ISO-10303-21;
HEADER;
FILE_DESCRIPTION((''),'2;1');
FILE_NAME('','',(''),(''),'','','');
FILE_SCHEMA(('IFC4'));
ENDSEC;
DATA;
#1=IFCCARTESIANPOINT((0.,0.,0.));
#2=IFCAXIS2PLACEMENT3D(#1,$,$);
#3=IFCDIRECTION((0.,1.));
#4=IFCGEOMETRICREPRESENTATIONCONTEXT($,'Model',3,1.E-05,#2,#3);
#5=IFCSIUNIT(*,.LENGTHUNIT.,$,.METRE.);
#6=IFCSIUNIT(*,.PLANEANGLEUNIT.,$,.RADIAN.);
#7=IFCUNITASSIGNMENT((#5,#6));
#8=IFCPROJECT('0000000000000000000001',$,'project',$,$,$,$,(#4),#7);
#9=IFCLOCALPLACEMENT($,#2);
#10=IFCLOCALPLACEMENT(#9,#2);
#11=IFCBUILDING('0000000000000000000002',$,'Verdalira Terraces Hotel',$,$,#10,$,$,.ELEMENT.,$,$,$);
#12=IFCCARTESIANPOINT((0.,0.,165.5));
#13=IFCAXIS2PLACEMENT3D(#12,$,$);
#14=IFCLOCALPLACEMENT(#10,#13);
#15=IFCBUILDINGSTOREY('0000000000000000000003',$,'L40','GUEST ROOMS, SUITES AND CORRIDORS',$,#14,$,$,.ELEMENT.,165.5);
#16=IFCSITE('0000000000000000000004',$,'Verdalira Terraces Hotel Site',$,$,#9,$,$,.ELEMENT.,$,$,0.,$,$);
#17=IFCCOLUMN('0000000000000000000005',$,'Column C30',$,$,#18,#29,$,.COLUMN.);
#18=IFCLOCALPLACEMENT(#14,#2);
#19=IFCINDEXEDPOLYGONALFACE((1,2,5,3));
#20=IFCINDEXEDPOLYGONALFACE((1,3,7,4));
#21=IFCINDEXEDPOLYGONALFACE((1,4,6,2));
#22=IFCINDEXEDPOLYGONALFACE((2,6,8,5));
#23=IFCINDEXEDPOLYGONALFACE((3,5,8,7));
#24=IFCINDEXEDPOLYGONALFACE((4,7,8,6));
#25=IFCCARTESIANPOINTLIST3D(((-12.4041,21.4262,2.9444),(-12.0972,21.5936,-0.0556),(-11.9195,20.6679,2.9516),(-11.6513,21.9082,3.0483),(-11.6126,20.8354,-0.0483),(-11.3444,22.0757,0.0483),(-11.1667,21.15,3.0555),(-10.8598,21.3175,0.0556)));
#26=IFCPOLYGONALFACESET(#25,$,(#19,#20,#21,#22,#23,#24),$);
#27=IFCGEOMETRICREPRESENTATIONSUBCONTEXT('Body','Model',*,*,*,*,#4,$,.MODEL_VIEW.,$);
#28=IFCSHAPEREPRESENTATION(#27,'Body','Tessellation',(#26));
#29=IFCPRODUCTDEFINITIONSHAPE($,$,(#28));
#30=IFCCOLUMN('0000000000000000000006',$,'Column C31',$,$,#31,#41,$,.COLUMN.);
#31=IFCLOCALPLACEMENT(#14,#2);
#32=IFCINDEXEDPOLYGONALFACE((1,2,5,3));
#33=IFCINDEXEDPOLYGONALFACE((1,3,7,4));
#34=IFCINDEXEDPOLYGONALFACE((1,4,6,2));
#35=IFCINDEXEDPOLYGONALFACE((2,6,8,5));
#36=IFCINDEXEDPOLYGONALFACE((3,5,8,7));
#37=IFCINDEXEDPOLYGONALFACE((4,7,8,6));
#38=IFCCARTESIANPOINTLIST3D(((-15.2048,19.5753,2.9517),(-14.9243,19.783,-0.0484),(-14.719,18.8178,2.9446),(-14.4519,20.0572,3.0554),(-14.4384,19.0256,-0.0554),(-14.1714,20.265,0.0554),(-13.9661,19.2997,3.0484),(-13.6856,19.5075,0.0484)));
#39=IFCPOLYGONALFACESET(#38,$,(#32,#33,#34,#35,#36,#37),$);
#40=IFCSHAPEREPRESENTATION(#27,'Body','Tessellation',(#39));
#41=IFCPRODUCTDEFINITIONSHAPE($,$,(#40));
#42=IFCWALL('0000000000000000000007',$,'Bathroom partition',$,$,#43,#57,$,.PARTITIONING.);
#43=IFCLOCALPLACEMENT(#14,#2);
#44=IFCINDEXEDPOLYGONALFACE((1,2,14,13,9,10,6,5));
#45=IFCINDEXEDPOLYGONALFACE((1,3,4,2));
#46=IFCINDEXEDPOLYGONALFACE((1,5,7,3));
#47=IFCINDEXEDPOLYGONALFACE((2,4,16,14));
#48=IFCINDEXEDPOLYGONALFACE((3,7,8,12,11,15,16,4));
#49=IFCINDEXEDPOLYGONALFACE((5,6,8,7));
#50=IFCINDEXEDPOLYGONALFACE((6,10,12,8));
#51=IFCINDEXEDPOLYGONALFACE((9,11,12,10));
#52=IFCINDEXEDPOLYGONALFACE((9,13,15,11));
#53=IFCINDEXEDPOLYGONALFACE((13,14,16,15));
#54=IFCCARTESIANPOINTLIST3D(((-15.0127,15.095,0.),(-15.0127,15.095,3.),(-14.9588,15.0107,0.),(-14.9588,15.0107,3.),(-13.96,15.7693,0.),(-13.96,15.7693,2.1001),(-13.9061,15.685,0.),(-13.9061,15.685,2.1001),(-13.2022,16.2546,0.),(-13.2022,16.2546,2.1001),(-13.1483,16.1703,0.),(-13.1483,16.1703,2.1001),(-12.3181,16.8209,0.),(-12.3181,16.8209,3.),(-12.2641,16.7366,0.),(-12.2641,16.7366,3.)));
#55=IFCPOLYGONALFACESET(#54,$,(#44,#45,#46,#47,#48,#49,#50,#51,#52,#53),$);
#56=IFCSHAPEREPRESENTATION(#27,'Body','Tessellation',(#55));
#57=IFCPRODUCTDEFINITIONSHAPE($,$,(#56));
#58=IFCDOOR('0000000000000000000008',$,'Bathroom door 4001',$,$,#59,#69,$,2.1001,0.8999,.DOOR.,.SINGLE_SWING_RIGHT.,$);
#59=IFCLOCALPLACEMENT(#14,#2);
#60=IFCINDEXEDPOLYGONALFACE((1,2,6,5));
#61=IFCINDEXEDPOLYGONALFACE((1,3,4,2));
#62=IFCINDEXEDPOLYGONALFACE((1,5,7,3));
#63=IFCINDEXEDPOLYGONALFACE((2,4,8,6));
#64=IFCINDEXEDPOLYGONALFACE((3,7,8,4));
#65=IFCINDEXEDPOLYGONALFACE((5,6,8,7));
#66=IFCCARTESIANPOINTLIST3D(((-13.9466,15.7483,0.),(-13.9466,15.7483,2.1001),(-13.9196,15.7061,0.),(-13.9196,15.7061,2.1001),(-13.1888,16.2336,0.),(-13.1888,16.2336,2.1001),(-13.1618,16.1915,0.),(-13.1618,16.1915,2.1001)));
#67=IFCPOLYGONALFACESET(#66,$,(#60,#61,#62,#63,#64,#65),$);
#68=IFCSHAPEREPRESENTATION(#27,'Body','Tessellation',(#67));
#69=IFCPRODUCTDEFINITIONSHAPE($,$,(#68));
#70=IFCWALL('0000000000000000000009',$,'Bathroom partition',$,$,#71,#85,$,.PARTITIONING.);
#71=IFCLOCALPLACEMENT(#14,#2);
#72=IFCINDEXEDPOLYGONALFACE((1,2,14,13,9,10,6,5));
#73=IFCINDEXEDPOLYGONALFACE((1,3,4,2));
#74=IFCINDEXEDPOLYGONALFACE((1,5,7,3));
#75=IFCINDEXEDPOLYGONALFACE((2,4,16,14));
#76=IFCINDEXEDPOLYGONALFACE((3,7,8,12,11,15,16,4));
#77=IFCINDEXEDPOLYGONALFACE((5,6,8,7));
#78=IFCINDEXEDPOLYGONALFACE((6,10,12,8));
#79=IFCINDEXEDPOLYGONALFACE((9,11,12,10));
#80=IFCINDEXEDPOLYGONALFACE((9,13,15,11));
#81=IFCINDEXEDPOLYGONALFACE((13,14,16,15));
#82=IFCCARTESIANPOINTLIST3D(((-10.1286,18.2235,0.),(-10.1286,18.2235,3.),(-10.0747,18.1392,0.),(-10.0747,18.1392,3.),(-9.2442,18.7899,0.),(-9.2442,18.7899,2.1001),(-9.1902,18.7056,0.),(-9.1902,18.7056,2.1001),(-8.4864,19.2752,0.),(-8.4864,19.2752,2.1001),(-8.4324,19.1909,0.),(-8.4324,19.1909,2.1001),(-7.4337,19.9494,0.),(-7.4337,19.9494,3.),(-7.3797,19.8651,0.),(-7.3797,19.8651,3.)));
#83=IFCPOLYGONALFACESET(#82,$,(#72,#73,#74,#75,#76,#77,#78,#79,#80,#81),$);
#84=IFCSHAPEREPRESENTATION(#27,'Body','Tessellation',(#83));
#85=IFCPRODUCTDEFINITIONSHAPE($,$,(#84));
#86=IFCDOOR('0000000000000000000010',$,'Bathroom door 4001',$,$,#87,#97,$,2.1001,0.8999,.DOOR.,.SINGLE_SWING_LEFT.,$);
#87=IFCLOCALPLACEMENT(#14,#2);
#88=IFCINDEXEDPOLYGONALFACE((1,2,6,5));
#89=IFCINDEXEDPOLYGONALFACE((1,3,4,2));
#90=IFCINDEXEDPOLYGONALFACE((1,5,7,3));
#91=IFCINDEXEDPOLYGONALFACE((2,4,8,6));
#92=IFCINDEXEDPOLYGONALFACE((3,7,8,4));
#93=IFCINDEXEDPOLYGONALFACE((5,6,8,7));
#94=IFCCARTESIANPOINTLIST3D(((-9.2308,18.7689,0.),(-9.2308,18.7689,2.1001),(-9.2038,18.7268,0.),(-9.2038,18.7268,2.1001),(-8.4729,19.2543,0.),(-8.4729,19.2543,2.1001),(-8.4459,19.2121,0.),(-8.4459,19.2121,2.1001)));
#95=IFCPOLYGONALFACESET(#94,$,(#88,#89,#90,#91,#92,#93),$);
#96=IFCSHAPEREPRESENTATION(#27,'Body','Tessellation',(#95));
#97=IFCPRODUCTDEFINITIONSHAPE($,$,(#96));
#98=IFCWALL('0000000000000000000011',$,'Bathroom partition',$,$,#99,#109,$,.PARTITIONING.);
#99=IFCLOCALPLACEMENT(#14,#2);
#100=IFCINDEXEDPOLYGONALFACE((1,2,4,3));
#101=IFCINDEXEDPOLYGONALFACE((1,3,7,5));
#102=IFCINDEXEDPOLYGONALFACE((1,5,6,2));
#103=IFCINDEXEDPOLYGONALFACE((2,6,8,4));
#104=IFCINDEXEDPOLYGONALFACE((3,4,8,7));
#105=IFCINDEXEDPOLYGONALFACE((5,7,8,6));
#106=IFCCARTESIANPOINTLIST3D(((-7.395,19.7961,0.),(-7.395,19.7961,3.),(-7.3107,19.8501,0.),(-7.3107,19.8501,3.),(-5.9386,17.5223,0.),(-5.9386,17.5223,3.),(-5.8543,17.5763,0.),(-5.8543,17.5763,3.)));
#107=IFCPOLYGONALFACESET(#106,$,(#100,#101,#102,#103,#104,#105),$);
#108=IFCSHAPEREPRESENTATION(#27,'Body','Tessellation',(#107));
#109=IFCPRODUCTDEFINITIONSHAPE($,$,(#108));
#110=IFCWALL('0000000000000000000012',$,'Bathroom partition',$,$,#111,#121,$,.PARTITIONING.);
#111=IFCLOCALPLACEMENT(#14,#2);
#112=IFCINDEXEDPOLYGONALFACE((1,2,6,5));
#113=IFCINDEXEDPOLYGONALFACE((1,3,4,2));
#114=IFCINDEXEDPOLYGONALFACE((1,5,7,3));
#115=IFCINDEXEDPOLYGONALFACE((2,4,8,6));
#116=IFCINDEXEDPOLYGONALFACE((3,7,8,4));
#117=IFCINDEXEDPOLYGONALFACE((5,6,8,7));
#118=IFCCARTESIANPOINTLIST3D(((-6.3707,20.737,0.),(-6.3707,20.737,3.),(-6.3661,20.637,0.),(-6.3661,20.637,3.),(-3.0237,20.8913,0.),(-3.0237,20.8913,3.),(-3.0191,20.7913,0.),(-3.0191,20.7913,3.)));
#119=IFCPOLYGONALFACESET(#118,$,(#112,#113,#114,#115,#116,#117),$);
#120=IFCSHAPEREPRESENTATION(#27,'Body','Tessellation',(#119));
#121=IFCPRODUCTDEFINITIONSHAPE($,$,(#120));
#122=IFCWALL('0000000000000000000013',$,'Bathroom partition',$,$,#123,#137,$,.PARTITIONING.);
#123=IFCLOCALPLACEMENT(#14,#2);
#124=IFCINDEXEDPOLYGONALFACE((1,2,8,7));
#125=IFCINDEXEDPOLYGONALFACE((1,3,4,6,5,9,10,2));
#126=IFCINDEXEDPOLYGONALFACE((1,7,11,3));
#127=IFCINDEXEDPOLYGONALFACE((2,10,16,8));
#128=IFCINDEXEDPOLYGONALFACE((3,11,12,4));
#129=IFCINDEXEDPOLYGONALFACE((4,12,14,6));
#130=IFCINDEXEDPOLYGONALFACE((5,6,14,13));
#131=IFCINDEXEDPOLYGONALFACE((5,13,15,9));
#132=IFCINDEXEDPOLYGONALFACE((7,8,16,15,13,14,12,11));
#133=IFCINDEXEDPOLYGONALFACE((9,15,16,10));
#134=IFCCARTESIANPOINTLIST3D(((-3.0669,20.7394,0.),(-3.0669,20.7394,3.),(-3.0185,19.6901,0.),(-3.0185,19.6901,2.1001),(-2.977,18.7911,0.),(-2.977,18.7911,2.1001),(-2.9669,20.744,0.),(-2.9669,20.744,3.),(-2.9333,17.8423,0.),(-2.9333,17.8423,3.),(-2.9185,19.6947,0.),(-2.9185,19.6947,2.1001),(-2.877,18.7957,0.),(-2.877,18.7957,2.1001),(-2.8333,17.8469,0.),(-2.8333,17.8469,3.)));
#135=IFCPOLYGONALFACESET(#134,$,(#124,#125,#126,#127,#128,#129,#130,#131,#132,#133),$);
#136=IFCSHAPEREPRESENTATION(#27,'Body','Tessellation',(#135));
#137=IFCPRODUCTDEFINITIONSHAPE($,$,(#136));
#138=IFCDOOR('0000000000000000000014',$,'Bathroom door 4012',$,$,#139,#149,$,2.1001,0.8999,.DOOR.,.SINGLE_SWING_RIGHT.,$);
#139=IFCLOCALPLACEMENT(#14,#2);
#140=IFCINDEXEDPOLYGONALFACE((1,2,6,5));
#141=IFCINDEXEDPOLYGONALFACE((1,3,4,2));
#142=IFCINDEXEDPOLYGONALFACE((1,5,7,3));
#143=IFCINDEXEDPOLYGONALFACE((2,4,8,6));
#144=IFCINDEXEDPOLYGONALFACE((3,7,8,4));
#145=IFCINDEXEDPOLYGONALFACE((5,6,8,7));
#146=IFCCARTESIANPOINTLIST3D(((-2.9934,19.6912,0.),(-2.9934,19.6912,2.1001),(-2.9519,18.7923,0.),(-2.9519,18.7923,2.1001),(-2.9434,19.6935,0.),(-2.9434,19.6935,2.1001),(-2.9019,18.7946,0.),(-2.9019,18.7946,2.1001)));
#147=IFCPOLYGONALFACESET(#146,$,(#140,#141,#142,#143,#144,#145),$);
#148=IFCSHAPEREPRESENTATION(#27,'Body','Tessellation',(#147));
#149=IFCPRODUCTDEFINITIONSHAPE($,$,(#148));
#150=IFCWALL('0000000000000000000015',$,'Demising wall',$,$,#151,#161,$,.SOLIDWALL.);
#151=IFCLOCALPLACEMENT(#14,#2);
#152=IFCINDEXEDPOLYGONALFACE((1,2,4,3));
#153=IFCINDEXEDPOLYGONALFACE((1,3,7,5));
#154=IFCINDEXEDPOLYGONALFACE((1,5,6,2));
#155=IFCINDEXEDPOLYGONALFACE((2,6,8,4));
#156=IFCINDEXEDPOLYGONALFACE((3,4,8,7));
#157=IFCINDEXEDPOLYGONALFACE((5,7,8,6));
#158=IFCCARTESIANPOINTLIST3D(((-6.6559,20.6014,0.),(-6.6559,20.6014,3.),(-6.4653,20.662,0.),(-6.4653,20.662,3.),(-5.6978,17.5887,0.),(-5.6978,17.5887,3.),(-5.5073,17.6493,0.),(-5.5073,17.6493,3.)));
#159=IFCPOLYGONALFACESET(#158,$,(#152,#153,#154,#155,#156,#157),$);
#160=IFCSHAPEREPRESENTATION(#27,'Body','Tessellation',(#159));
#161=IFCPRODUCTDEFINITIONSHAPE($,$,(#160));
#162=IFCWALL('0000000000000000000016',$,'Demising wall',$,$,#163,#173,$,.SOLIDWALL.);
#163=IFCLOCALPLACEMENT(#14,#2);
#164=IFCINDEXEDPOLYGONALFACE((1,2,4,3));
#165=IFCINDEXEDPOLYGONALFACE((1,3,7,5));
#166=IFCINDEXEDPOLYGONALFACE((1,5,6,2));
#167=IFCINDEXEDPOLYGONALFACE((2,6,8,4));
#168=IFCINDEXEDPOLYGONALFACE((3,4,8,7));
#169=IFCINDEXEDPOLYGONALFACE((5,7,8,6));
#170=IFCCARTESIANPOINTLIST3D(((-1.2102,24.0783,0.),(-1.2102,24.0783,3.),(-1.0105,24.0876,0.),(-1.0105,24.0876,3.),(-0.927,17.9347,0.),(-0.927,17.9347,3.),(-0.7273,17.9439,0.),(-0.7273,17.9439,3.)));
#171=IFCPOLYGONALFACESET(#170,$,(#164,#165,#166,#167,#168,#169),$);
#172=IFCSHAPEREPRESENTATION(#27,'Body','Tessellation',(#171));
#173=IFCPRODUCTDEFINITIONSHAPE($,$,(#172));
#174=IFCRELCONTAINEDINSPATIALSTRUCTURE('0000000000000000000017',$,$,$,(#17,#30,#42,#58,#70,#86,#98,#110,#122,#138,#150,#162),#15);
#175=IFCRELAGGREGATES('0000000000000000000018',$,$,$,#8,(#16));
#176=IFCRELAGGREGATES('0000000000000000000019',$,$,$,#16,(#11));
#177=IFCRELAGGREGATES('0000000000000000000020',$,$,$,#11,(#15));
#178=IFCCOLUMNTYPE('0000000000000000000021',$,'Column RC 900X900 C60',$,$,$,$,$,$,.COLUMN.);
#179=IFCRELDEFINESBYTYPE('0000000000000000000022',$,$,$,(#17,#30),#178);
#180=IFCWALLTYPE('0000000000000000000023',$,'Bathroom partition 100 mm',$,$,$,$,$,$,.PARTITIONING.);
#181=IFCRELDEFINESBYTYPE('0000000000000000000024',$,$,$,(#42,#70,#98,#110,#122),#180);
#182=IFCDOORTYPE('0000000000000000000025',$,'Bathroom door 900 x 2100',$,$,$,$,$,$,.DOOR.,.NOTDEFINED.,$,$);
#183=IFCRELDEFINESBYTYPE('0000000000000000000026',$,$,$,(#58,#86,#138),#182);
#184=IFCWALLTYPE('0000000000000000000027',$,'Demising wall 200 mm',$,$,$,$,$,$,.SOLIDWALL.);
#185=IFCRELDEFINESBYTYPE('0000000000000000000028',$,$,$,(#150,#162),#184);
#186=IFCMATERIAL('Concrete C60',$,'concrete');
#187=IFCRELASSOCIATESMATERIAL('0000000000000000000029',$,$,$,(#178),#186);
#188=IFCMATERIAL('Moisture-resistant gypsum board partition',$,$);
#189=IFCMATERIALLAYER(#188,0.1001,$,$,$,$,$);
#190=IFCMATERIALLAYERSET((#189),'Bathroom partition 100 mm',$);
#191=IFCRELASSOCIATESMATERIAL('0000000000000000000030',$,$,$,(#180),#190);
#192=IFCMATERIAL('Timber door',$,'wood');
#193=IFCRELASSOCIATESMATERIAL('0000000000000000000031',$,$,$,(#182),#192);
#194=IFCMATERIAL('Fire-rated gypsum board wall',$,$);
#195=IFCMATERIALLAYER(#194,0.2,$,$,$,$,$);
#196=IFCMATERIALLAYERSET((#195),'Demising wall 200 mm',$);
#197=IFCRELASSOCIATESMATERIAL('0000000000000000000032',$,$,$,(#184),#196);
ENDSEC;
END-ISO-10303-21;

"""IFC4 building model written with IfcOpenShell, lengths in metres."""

from ifc_helpers import new_model, si_unit, direction, frame, frame_2d, origin, origin_2d, place, context, subcontext, project, spatial, rectangle, extrude, material, layer, layer_set, material_profile, profile_set, type_object, element, fill, save


model = new_model("IFC4")

# Units and contexts
model_context = context("Model", 3, precision=1e-05, world=origin(), true_north=direction((0.0, 1.0)))
body_context = subcontext(model_context, "Body", "Model", "MODEL_VIEW")
ifc_project = project(units=[si_unit("LENGTHUNIT", "METRE"), si_unit("PLANEANGLEUNIT", "RADIAN")], contexts=[model_context])

# Site, building, storey
site_placement = place(None, origin())
site = spatial("IfcSite", under=ifc_project, at=site_placement, Name="Verdalira Terraces Hotel Site", CompositionType="ELEMENT", RefElevation=0.0)
building_placement = place(site_placement, origin())
building = spatial("IfcBuilding", under=site, at=building_placement, Name="Verdalira Terraces Hotel", CompositionType="ELEMENT")
storey_placement = place(building_placement, frame((0.0, 0.0, 165.5)))
storey = spatial("IfcBuildingStorey", under=building, at=storey_placement, Name="L40", Description="GUEST ROOMS, SUITES AND CORRIDORS", CompositionType="ELEMENT", Elevation=165.5)

# Columns
ifc_material_1 = material(Name="Concrete C60", Category="concrete")
ifc_material_profile = material_profile(ifc_material_1, rectangle(XDim=0.8999, YDim=0.8999, at=origin_2d()), Name="RC 900X900")
ifc_profile_set = profile_set([ifc_material_profile], Name="Concrete C60")
column_type = type_object("IfcColumnType", Name="Column RC 900X900 C60", PredefinedType="COLUMN", material=ifc_profile_set)
for number, where, z_axis, x_axis, name in (
    (1, (-11.4785, 21.4556, 0.0), (-0.101607, -0.055452, 0.993278), (-0.538507, 0.842583, -0.008048), "Column C30"),
    (2, (-14.3049, 19.6453, 0.0), (-0.092879, -0.06879, 0.993298), (-0.53988, 0.841706, 0.00781), "Column C31"),
):
    element("IfcColumn", number, at=place(storey_placement, frame(where, z_axis=z_axis, x_axis=x_axis)), inside=storey, type_object=column_type, Name=name, PredefinedType="COLUMN", context=body_context, shape_type="SweptSolid", body=[
        extrude(rectangle(XDim=0.8999, YDim=0.8999, at=origin_2d()), origin(), (0.0, 0.0, 1.0), 3.0203),
    ])

# Walls, openings, doors
ifc_material_2 = material(Name="Moisture-resistant gypsum board partition")
ifc_layer_1 = layer(ifc_material_2, 0.1001)
ifc_layer_set_1 = layer_set([ifc_layer_1], Name="Bathroom partition 100 mm")
wall_type_1 = type_object("IfcWallType", Name="Bathroom partition 100 mm", PredefinedType="PARTITIONING", material=ifc_layer_set_1)
wall_1_placement = place(storey_placement, frame((-12.291, 16.7788, 0.0), z_axis=(0.0, 0.0, 1.0), x_axis=(-0.842087, -0.539342, 0.0)))
wall_1 = element("IfcWall", 3, at=wall_1_placement, inside=storey, type_object=wall_type_1, Name="Bathroom partition", PredefinedType="PARTITIONING", context=body_context, shape_type="SweptSolid", body=[
    extrude(rectangle(XDim=3.2, YDim=0.1001, at=frame_2d((1.6001, 0.0))), origin(), (0.0, 0.0, 1.0), 3.0),
])
opening_1_placement = place(wall_1_placement, frame((1.05, 0.0, 0.0)))
opening_1 = element("IfcOpeningElement", 4, at=opening_1_placement, cuts=wall_1, PredefinedType="OPENING", context=body_context, shape_type="SweptSolid", body=[
    extrude(rectangle(XDim=0.8999, YDim=2.1001, at=frame_2d((0.45, 1.05))), frame((0.0, 0.0601, 0.0), z_axis=(0.0, -1.0, 0.0), x_axis=(1.0, 0.0, 0.0)), (0.0, 0.0, 1.0), 0.1201),
])
ifc_material_3 = material(Name="Timber door", Category="wood")
door_type_1 = type_object("IfcDoorType", Name="Bathroom door 900 x 2100", OperationType="NOTDEFINED", PredefinedType="DOOR", material=ifc_material_3)
door_1_placement = place(opening_1_placement, origin())
door_1 = element("IfcDoor", 5, at=door_1_placement, inside=storey, type_object=door_type_1, Name="Bathroom door 4001", OperationType="SINGLE_SWING_RIGHT", OverallHeight=2.1001, OverallWidth=0.8999, PredefinedType="DOOR", context=body_context, shape_type="SweptSolid", body=[
    extrude(rectangle(XDim=0.8999, YDim=2.1001, at=frame_2d((0.45, 1.05))), frame((0.0, 0.0249, 0.0), z_axis=(0.0, -1.0, 0.0), x_axis=(1.0, 0.0, 0.0)), (0.0, 0.0, 1.0), 0.05),
])
fill(opening_1, door_1)
wall_2_placement = place(storey_placement, frame((-7.4067, 19.9072, 0.0), z_axis=(0.0, 0.0, 1.0), x_axis=(-0.842109, -0.539307, 0.0)))
wall_2 = element("IfcWall", 6, at=wall_2_placement, inside=storey, type_object=wall_type_1, Name="Bathroom partition", PredefinedType="PARTITIONING", context=body_context, shape_type="SweptSolid", body=[
    extrude(rectangle(XDim=3.2002, YDim=0.1001, at=frame_2d((1.6001, 0.0))), origin(), (0.0, 0.0, 1.0), 3.0),
])
opening_2_placement = place(wall_2_placement, frame((1.25, 0.0, 0.0)))
opening_2 = element("IfcOpeningElement", 7, at=opening_2_placement, cuts=wall_2, PredefinedType="OPENING", context=body_context, shape_type="SweptSolid", body=[
    extrude(rectangle(XDim=0.8999, YDim=2.1001, at=frame_2d((0.45, 1.05))), frame((0.0, 0.0601, 0.0), z_axis=(0.0, -1.0, 0.0), x_axis=(1.0, 0.0, 0.0)), (0.0, 0.0, 1.0), 0.1201),
])
door_2_placement = place(opening_2_placement, origin())
door_2 = element("IfcDoor", 8, at=door_2_placement, inside=storey, type_object=door_type_1, Name="Bathroom door 4001", OperationType="SINGLE_SWING_LEFT", OverallHeight=2.1001, OverallWidth=0.8999, PredefinedType="DOOR", context=body_context, shape_type="SweptSolid", body=[
    extrude(rectangle(XDim=0.8999, YDim=2.1001, at=frame_2d((0.45, 1.05))), frame((0.0, 0.0249, 0.0), z_axis=(0.0, -1.0, 0.0), x_axis=(1.0, 0.0, 0.0)), (0.0, 0.0, 1.0), 0.05),
])
fill(opening_2, door_2)

# Walls
wall_3_placement = place(storey_placement, frame((-5.8965, 17.5493, 0.0), z_axis=(0.0, 0.0, 1.0), x_axis=(-0.539354, 0.842079, 0.0)))
element("IfcWall", 9, at=wall_3_placement, inside=storey, type_object=wall_type_1, Name="Bathroom partition", PredefinedType="PARTITIONING", context=body_context, shape_type="SweptSolid", body=[
    extrude(rectangle(XDim=2.7002, YDim=0.1001, at=frame_2d((1.3501, 0.0))), origin(), (0.0, 0.0, 1.0), 3.0),
])
wall_4_placement = place(storey_placement, frame((-6.3684, 20.687, 0.0), z_axis=(0.0, 0.0, 1.0), x_axis=(0.998939, 0.046052, 0.0)))
element("IfcWall", 10, at=wall_4_placement, inside=storey, type_object=wall_type_1, Name="Bathroom partition", PredefinedType="PARTITIONING", context=body_context, shape_type="SweptSolid", body=[
    extrude(rectangle(XDim=3.3506, YDim=0.1001, at=frame_2d((1.6753, 0.0))), origin(), (0.0, 0.0, 1.0), 3.0),
])

# Wall, opening, door
wall_5_placement = place(storey_placement, frame((-2.8833, 17.8445, 0.0), z_axis=(0.0, 0.0, 1.0), x_axis=(-0.046049, 0.998939, 0.0)))
wall_5 = element("IfcWall", 11, at=wall_5_placement, inside=storey, type_object=wall_type_1, Name="Bathroom partition", PredefinedType="PARTITIONING", context=body_context, shape_type="SweptSolid", body=[
    extrude(rectangle(XDim=2.9001, YDim=0.1001, at=frame_2d((1.4502, 0.0))), origin(), (0.0, 0.0, 1.0), 3.0),
])
opening_3_placement = place(wall_5_placement, frame((0.95, 0.0, 0.0)))
opening_3 = element("IfcOpeningElement", 12, at=opening_3_placement, cuts=wall_5, PredefinedType="OPENING", context=body_context, shape_type="SweptSolid", body=[
    extrude(rectangle(XDim=0.8999, YDim=2.1001, at=frame_2d((0.45, 1.05))), frame((0.0, 0.0601, 0.0), z_axis=(0.0, -1.0, 0.0), x_axis=(1.0, 0.0, 0.0)), (0.0, 0.0, 1.0), 0.1201),
])
door_3_placement = place(opening_3_placement, origin())
door_3 = element("IfcDoor", 13, at=door_3_placement, inside=storey, type_object=door_type_1, Name="Bathroom door 4012", OperationType="SINGLE_SWING_RIGHT", OverallHeight=2.1001, OverallWidth=0.8999, PredefinedType="DOOR", context=body_context, shape_type="SweptSolid", body=[
    extrude(rectangle(XDim=0.8999, YDim=2.1001, at=frame_2d((0.45, 1.05))), frame((0.0, 0.0249, 0.0), z_axis=(0.0, -1.0, 0.0), x_axis=(1.0, 0.0, 0.0)), (0.0, 0.0, 1.0), 0.05),
])
fill(opening_3, door_3)

# Walls
ifc_material_4 = material(Name="Fire-rated gypsum board wall")
ifc_layer_2 = layer(ifc_material_4, 0.2)
ifc_layer_set_2 = layer_set([ifc_layer_2], Name="Demising wall 200 mm")
wall_type_2 = type_object("IfcWallType", Name="Demising wall 200 mm", PredefinedType="SOLIDWALL", material=ifc_layer_set_2)
wall_6_placement = place(storey_placement, frame((-6.5605, 20.6316, 0.0), z_axis=(0.0, 0.0, 1.0), x_axis=(0.303038, -0.952979, 0.0)))
element("IfcWall", 14, at=wall_6_placement, inside=storey, type_object=wall_type_2, Name="Demising wall", PredefinedType="SOLIDWALL", context=body_context, shape_type="SweptSolid", body=[
    extrude(rectangle(XDim=3.1614, YDim=0.2, at=frame_2d((1.5806, 0.0))), origin(), (0.0, 0.0, 1.0), 3.0),
])
wall_7_placement = place(storey_placement, frame((-0.8271, 17.9392, 0.0), z_axis=(0.0, 0.0, 1.0), x_axis=(-0.046049, 0.998939, 0.0)))
element("IfcWall", 15, at=wall_7_placement, inside=storey, type_object=wall_type_2, Name="Demising wall", PredefinedType="SOLIDWALL", context=body_context, shape_type="SweptSolid", body=[
    extrude(rectangle(XDim=6.1501, YDim=0.2, at=frame_2d((3.0752, 0.0))), origin(), (0.0, 0.0, 1.0), 3.0),
])

save(model, "model.ifc")
